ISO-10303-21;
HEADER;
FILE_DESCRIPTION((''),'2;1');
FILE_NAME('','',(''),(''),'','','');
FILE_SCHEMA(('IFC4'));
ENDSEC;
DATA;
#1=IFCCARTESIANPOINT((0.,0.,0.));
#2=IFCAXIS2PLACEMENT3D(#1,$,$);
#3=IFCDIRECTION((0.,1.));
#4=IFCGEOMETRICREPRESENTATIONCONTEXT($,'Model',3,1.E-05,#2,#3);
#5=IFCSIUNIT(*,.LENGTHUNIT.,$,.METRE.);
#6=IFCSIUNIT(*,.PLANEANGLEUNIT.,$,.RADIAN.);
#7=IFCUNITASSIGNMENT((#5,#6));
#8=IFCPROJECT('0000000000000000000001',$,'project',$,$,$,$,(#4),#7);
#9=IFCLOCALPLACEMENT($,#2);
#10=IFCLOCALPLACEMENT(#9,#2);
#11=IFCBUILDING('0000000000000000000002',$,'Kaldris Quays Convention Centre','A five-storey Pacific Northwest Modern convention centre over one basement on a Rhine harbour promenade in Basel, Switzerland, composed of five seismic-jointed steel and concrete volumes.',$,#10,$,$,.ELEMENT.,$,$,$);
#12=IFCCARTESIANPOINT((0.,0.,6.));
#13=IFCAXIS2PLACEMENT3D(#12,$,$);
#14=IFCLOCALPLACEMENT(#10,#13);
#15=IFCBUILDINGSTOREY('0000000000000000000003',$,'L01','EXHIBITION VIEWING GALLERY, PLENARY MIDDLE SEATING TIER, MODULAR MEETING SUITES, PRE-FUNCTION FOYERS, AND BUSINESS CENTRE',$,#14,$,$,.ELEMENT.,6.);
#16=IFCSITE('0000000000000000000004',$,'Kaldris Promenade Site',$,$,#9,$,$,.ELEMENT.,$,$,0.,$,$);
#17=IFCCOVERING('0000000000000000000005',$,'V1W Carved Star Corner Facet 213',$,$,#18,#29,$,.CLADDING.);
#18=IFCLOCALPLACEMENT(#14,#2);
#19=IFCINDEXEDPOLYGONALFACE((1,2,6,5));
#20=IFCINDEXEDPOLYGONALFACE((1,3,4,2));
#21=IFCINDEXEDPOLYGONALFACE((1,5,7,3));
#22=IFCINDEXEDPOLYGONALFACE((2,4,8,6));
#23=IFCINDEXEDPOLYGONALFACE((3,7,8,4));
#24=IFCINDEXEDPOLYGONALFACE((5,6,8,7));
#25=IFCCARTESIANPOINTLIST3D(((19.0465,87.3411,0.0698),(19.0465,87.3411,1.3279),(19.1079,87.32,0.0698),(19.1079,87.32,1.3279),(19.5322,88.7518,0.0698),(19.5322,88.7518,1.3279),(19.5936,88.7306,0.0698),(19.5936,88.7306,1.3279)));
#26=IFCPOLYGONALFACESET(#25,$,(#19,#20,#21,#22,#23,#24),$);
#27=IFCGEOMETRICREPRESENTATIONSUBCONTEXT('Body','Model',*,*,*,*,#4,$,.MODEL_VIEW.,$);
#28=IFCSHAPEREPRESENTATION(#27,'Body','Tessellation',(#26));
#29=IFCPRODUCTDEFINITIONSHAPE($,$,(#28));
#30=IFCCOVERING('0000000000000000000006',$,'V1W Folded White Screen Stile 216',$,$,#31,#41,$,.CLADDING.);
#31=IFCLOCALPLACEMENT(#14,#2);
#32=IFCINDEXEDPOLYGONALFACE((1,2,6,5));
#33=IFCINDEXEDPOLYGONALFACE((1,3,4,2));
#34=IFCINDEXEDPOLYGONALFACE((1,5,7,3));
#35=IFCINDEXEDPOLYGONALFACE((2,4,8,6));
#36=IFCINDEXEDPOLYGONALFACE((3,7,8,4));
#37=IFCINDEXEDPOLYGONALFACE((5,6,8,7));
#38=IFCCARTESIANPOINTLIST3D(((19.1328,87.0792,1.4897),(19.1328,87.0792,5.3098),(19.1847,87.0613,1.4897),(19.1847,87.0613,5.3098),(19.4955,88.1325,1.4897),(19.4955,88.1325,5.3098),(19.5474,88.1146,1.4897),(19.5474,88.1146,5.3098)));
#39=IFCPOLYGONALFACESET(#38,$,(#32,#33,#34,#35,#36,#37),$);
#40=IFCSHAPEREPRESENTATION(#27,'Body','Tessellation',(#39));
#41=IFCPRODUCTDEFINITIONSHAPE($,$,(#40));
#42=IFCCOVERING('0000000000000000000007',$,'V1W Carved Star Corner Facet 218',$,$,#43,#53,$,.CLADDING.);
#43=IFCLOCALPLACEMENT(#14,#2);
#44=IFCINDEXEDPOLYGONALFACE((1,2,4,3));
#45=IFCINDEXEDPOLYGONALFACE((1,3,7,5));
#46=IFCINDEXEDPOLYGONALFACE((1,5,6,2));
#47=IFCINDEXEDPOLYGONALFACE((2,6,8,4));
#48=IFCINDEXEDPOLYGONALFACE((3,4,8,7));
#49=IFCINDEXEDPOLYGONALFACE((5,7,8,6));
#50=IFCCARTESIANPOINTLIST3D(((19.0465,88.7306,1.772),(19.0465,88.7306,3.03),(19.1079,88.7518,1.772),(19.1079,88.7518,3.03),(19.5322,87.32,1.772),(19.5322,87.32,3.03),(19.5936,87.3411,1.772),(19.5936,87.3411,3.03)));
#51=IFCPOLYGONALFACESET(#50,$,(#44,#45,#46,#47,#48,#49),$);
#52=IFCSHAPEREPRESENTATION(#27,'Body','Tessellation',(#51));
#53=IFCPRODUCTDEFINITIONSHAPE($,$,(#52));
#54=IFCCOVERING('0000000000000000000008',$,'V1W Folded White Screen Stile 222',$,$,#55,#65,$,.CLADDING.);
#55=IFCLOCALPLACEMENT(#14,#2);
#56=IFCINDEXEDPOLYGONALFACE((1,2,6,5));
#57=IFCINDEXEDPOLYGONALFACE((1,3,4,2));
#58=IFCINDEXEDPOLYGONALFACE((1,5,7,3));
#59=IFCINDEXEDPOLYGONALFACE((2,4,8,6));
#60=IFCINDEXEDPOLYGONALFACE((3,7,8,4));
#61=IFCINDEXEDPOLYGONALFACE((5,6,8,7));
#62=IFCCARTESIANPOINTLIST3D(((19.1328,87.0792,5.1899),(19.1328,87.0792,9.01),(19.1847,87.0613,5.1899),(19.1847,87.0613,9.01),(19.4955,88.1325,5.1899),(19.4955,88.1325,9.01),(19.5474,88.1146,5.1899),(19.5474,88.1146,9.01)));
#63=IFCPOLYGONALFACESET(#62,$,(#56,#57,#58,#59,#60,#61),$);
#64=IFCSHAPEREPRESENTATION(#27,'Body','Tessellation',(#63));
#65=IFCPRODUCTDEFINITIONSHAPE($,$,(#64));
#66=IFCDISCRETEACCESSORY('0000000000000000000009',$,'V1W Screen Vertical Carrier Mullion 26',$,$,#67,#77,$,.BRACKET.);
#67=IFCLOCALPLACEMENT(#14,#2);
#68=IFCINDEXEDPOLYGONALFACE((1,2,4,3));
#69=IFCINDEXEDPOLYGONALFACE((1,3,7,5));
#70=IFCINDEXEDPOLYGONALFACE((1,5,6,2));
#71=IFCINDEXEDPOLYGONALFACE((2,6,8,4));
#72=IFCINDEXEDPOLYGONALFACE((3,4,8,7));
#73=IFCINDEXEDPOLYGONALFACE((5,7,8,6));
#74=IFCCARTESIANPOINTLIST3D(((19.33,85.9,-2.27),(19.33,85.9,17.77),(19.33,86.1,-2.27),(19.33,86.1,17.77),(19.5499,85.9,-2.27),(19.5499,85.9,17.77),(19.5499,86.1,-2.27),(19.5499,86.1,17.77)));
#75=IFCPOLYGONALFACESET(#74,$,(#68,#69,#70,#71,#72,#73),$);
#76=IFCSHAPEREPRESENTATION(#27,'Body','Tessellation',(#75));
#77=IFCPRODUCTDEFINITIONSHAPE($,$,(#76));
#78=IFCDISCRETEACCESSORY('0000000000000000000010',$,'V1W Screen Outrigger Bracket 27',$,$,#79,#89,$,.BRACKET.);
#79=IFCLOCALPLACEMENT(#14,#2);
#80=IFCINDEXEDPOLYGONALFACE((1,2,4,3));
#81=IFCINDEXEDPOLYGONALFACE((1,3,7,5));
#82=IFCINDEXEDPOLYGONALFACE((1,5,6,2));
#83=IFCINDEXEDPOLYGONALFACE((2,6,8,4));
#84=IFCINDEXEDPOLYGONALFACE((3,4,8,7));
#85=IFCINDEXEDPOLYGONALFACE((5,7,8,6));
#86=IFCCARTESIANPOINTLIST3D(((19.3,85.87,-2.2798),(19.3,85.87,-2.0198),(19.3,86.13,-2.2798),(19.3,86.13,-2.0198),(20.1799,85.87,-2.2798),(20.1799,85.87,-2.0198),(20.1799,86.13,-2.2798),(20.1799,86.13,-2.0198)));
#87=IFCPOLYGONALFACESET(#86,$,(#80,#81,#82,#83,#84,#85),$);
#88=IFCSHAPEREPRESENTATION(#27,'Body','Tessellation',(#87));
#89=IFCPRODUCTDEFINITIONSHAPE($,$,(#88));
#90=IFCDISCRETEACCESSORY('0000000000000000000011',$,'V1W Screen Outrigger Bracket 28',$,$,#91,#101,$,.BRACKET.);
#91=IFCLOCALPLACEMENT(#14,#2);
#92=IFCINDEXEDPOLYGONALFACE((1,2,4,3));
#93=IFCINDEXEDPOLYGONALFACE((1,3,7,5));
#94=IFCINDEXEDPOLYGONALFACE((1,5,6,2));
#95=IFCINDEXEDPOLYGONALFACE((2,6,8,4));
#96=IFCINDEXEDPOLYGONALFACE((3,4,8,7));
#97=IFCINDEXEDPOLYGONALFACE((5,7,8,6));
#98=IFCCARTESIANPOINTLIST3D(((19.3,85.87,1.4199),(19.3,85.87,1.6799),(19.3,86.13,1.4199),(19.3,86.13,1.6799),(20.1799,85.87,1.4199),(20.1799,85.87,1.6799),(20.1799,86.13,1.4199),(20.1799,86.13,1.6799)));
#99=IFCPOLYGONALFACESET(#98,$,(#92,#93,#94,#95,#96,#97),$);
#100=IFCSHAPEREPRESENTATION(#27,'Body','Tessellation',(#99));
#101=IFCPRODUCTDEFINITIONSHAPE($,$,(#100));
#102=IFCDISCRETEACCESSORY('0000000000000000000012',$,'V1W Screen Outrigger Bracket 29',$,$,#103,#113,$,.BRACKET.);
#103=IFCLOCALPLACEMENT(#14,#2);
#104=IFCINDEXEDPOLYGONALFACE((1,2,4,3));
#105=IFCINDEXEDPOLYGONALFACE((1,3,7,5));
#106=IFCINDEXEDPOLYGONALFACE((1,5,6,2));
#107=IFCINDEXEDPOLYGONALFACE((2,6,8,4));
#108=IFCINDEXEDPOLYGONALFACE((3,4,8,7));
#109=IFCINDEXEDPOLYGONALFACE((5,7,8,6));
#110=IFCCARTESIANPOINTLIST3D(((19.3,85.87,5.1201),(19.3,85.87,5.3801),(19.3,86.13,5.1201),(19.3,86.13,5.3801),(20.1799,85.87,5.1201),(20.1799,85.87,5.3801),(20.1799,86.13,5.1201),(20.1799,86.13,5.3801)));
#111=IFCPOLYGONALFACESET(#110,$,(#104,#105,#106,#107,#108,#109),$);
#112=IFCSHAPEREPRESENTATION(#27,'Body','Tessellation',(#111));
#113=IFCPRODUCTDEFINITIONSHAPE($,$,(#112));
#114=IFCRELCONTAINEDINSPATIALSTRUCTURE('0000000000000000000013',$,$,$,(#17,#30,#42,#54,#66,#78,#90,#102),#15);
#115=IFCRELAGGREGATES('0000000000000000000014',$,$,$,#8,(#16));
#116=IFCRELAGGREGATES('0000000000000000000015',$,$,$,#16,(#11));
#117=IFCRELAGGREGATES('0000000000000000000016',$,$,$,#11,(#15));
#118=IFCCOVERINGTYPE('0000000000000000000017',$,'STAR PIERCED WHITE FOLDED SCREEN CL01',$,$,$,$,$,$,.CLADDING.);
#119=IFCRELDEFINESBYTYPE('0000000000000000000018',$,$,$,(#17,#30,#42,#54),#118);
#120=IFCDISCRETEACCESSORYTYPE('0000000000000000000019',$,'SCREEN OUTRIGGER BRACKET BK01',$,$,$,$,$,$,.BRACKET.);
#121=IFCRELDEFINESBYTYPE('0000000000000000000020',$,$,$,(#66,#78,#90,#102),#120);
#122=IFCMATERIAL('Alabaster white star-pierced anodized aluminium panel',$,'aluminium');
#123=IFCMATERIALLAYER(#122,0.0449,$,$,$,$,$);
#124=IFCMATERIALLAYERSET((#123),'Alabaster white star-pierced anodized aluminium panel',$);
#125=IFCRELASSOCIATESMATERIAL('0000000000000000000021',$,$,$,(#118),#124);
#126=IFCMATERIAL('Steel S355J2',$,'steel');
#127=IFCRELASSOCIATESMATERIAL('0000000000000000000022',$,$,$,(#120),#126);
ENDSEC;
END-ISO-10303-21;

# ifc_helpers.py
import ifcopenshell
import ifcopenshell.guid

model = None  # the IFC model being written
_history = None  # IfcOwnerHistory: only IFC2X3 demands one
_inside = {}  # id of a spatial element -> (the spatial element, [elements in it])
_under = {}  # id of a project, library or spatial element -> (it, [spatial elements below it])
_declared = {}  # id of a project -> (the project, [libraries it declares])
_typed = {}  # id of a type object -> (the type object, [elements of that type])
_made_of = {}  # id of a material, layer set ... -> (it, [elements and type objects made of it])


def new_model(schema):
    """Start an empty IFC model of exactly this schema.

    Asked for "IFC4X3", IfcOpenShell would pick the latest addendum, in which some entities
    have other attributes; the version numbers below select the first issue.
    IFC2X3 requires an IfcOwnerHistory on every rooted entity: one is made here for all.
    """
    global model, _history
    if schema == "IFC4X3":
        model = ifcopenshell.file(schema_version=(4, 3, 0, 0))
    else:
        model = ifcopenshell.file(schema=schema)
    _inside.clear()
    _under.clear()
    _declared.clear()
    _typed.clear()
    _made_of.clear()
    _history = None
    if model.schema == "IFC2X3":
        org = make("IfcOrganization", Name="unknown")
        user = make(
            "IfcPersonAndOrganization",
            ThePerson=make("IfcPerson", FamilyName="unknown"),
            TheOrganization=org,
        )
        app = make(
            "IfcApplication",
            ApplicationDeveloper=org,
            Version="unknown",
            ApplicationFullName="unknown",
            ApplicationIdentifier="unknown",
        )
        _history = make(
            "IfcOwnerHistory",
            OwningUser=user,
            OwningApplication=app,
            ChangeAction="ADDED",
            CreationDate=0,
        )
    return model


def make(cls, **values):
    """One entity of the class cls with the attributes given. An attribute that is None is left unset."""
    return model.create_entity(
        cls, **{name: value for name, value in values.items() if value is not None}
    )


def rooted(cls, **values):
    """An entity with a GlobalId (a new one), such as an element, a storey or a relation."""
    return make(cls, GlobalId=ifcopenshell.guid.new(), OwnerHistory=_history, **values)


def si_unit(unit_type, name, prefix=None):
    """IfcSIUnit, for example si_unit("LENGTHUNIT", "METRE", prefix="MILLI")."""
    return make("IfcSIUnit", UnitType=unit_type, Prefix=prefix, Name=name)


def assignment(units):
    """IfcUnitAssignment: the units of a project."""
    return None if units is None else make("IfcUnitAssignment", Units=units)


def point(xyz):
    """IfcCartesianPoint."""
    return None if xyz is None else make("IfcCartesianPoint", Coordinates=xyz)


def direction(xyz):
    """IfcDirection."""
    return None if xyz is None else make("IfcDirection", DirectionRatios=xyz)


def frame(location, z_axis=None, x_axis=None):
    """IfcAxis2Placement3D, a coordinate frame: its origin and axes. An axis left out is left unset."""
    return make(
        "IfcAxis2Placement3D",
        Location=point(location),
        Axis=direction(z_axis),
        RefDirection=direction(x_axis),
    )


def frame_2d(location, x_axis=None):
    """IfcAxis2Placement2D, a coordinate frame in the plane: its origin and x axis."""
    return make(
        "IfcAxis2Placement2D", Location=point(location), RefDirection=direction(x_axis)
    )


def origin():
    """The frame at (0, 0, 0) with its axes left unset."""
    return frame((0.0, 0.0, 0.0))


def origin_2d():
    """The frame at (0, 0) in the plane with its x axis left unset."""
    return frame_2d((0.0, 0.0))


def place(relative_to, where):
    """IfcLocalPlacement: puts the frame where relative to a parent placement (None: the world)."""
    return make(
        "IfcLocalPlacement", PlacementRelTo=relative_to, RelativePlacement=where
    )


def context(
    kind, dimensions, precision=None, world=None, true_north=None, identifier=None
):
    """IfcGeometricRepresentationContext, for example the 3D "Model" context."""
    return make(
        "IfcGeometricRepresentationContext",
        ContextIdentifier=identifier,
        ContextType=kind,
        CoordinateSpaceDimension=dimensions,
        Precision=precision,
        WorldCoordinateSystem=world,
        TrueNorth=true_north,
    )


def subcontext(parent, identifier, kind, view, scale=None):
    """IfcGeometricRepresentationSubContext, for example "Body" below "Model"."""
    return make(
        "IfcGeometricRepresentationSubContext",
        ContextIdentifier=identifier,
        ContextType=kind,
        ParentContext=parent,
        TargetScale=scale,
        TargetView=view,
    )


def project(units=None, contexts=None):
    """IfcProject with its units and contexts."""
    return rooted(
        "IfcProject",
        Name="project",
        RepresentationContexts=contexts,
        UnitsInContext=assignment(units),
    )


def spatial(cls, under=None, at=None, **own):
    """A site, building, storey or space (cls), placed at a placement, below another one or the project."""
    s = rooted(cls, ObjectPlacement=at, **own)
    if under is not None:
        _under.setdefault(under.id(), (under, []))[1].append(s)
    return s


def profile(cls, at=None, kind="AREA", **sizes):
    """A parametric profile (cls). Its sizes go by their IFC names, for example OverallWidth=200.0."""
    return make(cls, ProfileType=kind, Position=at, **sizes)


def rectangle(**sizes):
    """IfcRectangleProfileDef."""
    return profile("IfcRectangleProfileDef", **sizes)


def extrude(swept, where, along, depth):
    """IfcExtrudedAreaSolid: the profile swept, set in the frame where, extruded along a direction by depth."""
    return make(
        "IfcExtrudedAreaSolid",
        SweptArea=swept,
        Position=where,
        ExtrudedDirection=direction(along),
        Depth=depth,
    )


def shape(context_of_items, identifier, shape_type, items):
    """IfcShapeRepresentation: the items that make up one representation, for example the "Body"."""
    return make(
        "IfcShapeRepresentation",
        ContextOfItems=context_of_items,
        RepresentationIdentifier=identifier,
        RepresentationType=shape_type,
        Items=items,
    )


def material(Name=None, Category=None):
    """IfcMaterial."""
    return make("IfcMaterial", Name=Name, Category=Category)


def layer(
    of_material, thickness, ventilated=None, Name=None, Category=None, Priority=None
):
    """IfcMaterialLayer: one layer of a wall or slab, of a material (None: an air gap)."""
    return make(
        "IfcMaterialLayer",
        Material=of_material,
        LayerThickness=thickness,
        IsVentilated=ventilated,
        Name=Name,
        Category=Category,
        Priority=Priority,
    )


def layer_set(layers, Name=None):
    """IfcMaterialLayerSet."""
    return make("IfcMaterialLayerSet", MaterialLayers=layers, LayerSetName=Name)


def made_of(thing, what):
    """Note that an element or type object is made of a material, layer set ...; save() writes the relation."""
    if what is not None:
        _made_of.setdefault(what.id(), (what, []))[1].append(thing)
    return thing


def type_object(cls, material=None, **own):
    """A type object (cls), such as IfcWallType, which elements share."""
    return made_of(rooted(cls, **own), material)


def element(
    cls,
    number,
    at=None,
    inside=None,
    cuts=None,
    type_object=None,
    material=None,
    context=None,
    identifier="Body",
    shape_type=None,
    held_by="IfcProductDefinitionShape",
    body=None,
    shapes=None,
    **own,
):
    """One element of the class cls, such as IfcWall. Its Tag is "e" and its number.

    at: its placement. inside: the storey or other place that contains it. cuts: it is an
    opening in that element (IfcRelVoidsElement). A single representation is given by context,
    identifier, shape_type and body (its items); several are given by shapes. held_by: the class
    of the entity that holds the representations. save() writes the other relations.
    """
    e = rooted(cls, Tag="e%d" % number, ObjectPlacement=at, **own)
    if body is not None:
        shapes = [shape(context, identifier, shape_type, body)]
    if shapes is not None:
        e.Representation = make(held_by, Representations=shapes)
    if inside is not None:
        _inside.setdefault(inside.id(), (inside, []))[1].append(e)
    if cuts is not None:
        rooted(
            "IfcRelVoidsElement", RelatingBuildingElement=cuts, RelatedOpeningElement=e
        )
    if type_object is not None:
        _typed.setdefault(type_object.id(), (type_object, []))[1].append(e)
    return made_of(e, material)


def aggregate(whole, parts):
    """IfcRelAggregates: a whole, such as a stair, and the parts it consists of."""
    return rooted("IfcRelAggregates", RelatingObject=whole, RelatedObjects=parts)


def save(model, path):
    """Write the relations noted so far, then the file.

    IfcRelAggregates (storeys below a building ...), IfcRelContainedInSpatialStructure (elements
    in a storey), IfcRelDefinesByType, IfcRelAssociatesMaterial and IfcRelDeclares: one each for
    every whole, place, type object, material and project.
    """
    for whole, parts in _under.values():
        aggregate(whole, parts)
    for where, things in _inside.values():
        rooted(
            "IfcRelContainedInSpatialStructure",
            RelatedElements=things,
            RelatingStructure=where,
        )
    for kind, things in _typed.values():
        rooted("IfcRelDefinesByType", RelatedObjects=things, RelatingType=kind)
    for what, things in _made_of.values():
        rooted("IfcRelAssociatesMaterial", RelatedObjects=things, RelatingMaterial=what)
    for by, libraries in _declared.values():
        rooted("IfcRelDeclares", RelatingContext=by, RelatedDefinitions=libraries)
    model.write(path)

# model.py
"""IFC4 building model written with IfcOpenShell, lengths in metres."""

from ifc_helpers import new_model, si_unit, direction, frame, origin, origin_2d, place, context, subcontext, project, spatial, rectangle, extrude, material, layer, layer_set, type_object, element, save


model = new_model("IFC4")

# Units and contexts
model_context = context("Model", 3, precision=1e-05, world=origin(), true_north=direction((0.0, 1.0)))
body_context = subcontext(model_context, "Body", "Model", "MODEL_VIEW")
ifc_project = project(units=[si_unit("LENGTHUNIT", "METRE"), si_unit("PLANEANGLEUNIT", "RADIAN")], contexts=[model_context])

# Site, building, storey
site_placement = place(None, origin())
site = spatial("IfcSite", under=ifc_project, at=site_placement, Name="Kaldris Promenade Site", CompositionType="ELEMENT", RefElevation=0.0)
building_placement = place(site_placement, origin())
building = spatial("IfcBuilding", under=site, at=building_placement, Name="Kaldris Quays Convention Centre", Description="A five-storey Pacific Northwest Modern convention centre over one basement on a Rhine harbour promenade in Basel, Switzerland, composed of five seismic-jointed steel and concrete volumes.", CompositionType="ELEMENT")
storey_placement = place(building_placement, frame((0.0, 0.0, 6.0)))
storey = spatial("IfcBuildingStorey", under=building, at=storey_placement, Name="L01", Description="EXHIBITION VIEWING GALLERY, PLENARY MIDDLE SEATING TIER, MODULAR MEETING SUITES, PRE-FUNCTION FOYERS, AND BUSINESS CENTRE", CompositionType="ELEMENT", Elevation=6.0)

# Coverings
ifc_material_1 = material(Name="Alabaster white star-pierced anodized aluminium panel", Category="aluminium")
ifc_layer = layer(ifc_material_1, 0.0449)
ifc_layer_set = layer_set([ifc_layer], Name="Alabaster white star-pierced anodized aluminium panel")
covering_type = type_object("IfcCoveringType", Name="STAR PIERCED WHITE FOLDED SCREEN CL01", PredefinedType="CLADDING", material=ifc_layer_set)
for number, where, z_axis, x_axis, name in (
    (1, (19.3201, 88.0359, 0.0698), (0.0, 0.0, 1.0), (0.325568, 0.945519, 0.0), "V1W Carved Star Corner Facet 213"),
):
    element("IfcCovering", number, at=place(storey_placement, frame(where, z_axis=z_axis, x_axis=x_axis)), inside=storey, type_object=covering_type, Name=name, PredefinedType="CLADDING", context=body_context, shape_type="SweptSolid", body=[
        extrude(rectangle(XDim=1.4919, YDim=0.0649, at=origin_2d()), origin(), (0.0, 0.0, 1.0), 1.2581),
    ])
covering_1_placement = place(storey_placement, frame((19.3401, 87.5969, 1.4897), z_axis=(0.0, 0.0, 1.0), x_axis=(0.325568, 0.945519, 0.0)))
element("IfcCovering", 2, at=covering_1_placement, inside=storey, type_object=covering_type, Name="V1W Folded White Screen Stile 216", PredefinedType="CLADDING", context=body_context, shape_type="SweptSolid", body=[
    extrude(rectangle(XDim=1.114, YDim=0.0549, at=origin_2d()), origin(), (0.0, 0.0, 1.0), 3.8201),
])
covering_2_placement = place(storey_placement, frame((19.3201, 88.0359, 1.772), z_axis=(0.0, 0.0, 1.0), x_axis=(-0.325568, 0.945519, 0.0)))
element("IfcCovering", 3, at=covering_2_placement, inside=storey, type_object=covering_type, Name="V1W Carved Star Corner Facet 218", PredefinedType="CLADDING", context=body_context, shape_type="SweptSolid", body=[
    extrude(rectangle(XDim=1.4919, YDim=0.0649, at=origin_2d()), origin(), (0.0, 0.0, 1.0), 1.2581),
])
covering_3_placement = place(storey_placement, frame((19.3401, 87.5969, 5.1899), z_axis=(0.0, 0.0, 1.0), x_axis=(0.325568, 0.945519, 0.0)))
element("IfcCovering", 4, at=covering_3_placement, inside=storey, type_object=covering_type, Name="V1W Folded White Screen Stile 222", PredefinedType="CLADDING", context=body_context, shape_type="SweptSolid", body=[
    extrude(rectangle(XDim=1.114, YDim=0.0549, at=origin_2d()), origin(), (0.0, 0.0, 1.0), 3.8201),
])

# Discrete accessories
ifc_material_2 = material(Name="Steel S355J2", Category="steel")
discrete_accessory_type = type_object("IfcDiscreteAccessoryType", Name="SCREEN OUTRIGGER BRACKET BK01", PredefinedType="BRACKET", material=ifc_material_2)
discrete_accessory_placement = place(storey_placement, frame((19.4399, 86.0, -2.27), z_axis=(0.0, 0.0, 1.0), x_axis=(0.0, 1.0, 0.0)))
element("IfcDiscreteAccessory", 5, at=discrete_accessory_placement, inside=storey, type_object=discrete_accessory_type, Name="V1W Screen Vertical Carrier Mullion 26", PredefinedType="BRACKET", context=body_context, shape_type="SweptSolid", body=[
    extrude(rectangle(XDim=0.2, YDim=0.22, at=origin_2d()), origin(), (0.0, 0.0, 1.0), 20.04),
])
for number, where, z_axis, x_axis, name in (
    (6, (19.74, 86.0, -2.2798), (0.0, 0.0, 1.0), (0.0, 1.0, 0.0), "V1W Screen Outrigger Bracket 27"),
    (7, (19.74, 86.0, 1.4199), (0.0, 0.0, 1.0), (0.0, 1.0, 0.0), "V1W Screen Outrigger Bracket 28"),
    (8, (19.74, 86.0, 5.1201), (0.0, 0.0, 1.0), (0.0, 1.0, 0.0), "V1W Screen Outrigger Bracket 29"),
):
    element("IfcDiscreteAccessory", number, at=place(storey_placement, frame(where, z_axis=z_axis, x_axis=x_axis)), inside=storey, type_object=discrete_accessory_type, Name=name, PredefinedType="BRACKET", context=body_context, shape_type="SweptSolid", body=[
        extrude(rectangle(XDim=0.26, YDim=0.8799, at=origin_2d()), origin(), (0.0, 0.0, 1.0), 0.26),
    ])

save(model, "model.ifc")
